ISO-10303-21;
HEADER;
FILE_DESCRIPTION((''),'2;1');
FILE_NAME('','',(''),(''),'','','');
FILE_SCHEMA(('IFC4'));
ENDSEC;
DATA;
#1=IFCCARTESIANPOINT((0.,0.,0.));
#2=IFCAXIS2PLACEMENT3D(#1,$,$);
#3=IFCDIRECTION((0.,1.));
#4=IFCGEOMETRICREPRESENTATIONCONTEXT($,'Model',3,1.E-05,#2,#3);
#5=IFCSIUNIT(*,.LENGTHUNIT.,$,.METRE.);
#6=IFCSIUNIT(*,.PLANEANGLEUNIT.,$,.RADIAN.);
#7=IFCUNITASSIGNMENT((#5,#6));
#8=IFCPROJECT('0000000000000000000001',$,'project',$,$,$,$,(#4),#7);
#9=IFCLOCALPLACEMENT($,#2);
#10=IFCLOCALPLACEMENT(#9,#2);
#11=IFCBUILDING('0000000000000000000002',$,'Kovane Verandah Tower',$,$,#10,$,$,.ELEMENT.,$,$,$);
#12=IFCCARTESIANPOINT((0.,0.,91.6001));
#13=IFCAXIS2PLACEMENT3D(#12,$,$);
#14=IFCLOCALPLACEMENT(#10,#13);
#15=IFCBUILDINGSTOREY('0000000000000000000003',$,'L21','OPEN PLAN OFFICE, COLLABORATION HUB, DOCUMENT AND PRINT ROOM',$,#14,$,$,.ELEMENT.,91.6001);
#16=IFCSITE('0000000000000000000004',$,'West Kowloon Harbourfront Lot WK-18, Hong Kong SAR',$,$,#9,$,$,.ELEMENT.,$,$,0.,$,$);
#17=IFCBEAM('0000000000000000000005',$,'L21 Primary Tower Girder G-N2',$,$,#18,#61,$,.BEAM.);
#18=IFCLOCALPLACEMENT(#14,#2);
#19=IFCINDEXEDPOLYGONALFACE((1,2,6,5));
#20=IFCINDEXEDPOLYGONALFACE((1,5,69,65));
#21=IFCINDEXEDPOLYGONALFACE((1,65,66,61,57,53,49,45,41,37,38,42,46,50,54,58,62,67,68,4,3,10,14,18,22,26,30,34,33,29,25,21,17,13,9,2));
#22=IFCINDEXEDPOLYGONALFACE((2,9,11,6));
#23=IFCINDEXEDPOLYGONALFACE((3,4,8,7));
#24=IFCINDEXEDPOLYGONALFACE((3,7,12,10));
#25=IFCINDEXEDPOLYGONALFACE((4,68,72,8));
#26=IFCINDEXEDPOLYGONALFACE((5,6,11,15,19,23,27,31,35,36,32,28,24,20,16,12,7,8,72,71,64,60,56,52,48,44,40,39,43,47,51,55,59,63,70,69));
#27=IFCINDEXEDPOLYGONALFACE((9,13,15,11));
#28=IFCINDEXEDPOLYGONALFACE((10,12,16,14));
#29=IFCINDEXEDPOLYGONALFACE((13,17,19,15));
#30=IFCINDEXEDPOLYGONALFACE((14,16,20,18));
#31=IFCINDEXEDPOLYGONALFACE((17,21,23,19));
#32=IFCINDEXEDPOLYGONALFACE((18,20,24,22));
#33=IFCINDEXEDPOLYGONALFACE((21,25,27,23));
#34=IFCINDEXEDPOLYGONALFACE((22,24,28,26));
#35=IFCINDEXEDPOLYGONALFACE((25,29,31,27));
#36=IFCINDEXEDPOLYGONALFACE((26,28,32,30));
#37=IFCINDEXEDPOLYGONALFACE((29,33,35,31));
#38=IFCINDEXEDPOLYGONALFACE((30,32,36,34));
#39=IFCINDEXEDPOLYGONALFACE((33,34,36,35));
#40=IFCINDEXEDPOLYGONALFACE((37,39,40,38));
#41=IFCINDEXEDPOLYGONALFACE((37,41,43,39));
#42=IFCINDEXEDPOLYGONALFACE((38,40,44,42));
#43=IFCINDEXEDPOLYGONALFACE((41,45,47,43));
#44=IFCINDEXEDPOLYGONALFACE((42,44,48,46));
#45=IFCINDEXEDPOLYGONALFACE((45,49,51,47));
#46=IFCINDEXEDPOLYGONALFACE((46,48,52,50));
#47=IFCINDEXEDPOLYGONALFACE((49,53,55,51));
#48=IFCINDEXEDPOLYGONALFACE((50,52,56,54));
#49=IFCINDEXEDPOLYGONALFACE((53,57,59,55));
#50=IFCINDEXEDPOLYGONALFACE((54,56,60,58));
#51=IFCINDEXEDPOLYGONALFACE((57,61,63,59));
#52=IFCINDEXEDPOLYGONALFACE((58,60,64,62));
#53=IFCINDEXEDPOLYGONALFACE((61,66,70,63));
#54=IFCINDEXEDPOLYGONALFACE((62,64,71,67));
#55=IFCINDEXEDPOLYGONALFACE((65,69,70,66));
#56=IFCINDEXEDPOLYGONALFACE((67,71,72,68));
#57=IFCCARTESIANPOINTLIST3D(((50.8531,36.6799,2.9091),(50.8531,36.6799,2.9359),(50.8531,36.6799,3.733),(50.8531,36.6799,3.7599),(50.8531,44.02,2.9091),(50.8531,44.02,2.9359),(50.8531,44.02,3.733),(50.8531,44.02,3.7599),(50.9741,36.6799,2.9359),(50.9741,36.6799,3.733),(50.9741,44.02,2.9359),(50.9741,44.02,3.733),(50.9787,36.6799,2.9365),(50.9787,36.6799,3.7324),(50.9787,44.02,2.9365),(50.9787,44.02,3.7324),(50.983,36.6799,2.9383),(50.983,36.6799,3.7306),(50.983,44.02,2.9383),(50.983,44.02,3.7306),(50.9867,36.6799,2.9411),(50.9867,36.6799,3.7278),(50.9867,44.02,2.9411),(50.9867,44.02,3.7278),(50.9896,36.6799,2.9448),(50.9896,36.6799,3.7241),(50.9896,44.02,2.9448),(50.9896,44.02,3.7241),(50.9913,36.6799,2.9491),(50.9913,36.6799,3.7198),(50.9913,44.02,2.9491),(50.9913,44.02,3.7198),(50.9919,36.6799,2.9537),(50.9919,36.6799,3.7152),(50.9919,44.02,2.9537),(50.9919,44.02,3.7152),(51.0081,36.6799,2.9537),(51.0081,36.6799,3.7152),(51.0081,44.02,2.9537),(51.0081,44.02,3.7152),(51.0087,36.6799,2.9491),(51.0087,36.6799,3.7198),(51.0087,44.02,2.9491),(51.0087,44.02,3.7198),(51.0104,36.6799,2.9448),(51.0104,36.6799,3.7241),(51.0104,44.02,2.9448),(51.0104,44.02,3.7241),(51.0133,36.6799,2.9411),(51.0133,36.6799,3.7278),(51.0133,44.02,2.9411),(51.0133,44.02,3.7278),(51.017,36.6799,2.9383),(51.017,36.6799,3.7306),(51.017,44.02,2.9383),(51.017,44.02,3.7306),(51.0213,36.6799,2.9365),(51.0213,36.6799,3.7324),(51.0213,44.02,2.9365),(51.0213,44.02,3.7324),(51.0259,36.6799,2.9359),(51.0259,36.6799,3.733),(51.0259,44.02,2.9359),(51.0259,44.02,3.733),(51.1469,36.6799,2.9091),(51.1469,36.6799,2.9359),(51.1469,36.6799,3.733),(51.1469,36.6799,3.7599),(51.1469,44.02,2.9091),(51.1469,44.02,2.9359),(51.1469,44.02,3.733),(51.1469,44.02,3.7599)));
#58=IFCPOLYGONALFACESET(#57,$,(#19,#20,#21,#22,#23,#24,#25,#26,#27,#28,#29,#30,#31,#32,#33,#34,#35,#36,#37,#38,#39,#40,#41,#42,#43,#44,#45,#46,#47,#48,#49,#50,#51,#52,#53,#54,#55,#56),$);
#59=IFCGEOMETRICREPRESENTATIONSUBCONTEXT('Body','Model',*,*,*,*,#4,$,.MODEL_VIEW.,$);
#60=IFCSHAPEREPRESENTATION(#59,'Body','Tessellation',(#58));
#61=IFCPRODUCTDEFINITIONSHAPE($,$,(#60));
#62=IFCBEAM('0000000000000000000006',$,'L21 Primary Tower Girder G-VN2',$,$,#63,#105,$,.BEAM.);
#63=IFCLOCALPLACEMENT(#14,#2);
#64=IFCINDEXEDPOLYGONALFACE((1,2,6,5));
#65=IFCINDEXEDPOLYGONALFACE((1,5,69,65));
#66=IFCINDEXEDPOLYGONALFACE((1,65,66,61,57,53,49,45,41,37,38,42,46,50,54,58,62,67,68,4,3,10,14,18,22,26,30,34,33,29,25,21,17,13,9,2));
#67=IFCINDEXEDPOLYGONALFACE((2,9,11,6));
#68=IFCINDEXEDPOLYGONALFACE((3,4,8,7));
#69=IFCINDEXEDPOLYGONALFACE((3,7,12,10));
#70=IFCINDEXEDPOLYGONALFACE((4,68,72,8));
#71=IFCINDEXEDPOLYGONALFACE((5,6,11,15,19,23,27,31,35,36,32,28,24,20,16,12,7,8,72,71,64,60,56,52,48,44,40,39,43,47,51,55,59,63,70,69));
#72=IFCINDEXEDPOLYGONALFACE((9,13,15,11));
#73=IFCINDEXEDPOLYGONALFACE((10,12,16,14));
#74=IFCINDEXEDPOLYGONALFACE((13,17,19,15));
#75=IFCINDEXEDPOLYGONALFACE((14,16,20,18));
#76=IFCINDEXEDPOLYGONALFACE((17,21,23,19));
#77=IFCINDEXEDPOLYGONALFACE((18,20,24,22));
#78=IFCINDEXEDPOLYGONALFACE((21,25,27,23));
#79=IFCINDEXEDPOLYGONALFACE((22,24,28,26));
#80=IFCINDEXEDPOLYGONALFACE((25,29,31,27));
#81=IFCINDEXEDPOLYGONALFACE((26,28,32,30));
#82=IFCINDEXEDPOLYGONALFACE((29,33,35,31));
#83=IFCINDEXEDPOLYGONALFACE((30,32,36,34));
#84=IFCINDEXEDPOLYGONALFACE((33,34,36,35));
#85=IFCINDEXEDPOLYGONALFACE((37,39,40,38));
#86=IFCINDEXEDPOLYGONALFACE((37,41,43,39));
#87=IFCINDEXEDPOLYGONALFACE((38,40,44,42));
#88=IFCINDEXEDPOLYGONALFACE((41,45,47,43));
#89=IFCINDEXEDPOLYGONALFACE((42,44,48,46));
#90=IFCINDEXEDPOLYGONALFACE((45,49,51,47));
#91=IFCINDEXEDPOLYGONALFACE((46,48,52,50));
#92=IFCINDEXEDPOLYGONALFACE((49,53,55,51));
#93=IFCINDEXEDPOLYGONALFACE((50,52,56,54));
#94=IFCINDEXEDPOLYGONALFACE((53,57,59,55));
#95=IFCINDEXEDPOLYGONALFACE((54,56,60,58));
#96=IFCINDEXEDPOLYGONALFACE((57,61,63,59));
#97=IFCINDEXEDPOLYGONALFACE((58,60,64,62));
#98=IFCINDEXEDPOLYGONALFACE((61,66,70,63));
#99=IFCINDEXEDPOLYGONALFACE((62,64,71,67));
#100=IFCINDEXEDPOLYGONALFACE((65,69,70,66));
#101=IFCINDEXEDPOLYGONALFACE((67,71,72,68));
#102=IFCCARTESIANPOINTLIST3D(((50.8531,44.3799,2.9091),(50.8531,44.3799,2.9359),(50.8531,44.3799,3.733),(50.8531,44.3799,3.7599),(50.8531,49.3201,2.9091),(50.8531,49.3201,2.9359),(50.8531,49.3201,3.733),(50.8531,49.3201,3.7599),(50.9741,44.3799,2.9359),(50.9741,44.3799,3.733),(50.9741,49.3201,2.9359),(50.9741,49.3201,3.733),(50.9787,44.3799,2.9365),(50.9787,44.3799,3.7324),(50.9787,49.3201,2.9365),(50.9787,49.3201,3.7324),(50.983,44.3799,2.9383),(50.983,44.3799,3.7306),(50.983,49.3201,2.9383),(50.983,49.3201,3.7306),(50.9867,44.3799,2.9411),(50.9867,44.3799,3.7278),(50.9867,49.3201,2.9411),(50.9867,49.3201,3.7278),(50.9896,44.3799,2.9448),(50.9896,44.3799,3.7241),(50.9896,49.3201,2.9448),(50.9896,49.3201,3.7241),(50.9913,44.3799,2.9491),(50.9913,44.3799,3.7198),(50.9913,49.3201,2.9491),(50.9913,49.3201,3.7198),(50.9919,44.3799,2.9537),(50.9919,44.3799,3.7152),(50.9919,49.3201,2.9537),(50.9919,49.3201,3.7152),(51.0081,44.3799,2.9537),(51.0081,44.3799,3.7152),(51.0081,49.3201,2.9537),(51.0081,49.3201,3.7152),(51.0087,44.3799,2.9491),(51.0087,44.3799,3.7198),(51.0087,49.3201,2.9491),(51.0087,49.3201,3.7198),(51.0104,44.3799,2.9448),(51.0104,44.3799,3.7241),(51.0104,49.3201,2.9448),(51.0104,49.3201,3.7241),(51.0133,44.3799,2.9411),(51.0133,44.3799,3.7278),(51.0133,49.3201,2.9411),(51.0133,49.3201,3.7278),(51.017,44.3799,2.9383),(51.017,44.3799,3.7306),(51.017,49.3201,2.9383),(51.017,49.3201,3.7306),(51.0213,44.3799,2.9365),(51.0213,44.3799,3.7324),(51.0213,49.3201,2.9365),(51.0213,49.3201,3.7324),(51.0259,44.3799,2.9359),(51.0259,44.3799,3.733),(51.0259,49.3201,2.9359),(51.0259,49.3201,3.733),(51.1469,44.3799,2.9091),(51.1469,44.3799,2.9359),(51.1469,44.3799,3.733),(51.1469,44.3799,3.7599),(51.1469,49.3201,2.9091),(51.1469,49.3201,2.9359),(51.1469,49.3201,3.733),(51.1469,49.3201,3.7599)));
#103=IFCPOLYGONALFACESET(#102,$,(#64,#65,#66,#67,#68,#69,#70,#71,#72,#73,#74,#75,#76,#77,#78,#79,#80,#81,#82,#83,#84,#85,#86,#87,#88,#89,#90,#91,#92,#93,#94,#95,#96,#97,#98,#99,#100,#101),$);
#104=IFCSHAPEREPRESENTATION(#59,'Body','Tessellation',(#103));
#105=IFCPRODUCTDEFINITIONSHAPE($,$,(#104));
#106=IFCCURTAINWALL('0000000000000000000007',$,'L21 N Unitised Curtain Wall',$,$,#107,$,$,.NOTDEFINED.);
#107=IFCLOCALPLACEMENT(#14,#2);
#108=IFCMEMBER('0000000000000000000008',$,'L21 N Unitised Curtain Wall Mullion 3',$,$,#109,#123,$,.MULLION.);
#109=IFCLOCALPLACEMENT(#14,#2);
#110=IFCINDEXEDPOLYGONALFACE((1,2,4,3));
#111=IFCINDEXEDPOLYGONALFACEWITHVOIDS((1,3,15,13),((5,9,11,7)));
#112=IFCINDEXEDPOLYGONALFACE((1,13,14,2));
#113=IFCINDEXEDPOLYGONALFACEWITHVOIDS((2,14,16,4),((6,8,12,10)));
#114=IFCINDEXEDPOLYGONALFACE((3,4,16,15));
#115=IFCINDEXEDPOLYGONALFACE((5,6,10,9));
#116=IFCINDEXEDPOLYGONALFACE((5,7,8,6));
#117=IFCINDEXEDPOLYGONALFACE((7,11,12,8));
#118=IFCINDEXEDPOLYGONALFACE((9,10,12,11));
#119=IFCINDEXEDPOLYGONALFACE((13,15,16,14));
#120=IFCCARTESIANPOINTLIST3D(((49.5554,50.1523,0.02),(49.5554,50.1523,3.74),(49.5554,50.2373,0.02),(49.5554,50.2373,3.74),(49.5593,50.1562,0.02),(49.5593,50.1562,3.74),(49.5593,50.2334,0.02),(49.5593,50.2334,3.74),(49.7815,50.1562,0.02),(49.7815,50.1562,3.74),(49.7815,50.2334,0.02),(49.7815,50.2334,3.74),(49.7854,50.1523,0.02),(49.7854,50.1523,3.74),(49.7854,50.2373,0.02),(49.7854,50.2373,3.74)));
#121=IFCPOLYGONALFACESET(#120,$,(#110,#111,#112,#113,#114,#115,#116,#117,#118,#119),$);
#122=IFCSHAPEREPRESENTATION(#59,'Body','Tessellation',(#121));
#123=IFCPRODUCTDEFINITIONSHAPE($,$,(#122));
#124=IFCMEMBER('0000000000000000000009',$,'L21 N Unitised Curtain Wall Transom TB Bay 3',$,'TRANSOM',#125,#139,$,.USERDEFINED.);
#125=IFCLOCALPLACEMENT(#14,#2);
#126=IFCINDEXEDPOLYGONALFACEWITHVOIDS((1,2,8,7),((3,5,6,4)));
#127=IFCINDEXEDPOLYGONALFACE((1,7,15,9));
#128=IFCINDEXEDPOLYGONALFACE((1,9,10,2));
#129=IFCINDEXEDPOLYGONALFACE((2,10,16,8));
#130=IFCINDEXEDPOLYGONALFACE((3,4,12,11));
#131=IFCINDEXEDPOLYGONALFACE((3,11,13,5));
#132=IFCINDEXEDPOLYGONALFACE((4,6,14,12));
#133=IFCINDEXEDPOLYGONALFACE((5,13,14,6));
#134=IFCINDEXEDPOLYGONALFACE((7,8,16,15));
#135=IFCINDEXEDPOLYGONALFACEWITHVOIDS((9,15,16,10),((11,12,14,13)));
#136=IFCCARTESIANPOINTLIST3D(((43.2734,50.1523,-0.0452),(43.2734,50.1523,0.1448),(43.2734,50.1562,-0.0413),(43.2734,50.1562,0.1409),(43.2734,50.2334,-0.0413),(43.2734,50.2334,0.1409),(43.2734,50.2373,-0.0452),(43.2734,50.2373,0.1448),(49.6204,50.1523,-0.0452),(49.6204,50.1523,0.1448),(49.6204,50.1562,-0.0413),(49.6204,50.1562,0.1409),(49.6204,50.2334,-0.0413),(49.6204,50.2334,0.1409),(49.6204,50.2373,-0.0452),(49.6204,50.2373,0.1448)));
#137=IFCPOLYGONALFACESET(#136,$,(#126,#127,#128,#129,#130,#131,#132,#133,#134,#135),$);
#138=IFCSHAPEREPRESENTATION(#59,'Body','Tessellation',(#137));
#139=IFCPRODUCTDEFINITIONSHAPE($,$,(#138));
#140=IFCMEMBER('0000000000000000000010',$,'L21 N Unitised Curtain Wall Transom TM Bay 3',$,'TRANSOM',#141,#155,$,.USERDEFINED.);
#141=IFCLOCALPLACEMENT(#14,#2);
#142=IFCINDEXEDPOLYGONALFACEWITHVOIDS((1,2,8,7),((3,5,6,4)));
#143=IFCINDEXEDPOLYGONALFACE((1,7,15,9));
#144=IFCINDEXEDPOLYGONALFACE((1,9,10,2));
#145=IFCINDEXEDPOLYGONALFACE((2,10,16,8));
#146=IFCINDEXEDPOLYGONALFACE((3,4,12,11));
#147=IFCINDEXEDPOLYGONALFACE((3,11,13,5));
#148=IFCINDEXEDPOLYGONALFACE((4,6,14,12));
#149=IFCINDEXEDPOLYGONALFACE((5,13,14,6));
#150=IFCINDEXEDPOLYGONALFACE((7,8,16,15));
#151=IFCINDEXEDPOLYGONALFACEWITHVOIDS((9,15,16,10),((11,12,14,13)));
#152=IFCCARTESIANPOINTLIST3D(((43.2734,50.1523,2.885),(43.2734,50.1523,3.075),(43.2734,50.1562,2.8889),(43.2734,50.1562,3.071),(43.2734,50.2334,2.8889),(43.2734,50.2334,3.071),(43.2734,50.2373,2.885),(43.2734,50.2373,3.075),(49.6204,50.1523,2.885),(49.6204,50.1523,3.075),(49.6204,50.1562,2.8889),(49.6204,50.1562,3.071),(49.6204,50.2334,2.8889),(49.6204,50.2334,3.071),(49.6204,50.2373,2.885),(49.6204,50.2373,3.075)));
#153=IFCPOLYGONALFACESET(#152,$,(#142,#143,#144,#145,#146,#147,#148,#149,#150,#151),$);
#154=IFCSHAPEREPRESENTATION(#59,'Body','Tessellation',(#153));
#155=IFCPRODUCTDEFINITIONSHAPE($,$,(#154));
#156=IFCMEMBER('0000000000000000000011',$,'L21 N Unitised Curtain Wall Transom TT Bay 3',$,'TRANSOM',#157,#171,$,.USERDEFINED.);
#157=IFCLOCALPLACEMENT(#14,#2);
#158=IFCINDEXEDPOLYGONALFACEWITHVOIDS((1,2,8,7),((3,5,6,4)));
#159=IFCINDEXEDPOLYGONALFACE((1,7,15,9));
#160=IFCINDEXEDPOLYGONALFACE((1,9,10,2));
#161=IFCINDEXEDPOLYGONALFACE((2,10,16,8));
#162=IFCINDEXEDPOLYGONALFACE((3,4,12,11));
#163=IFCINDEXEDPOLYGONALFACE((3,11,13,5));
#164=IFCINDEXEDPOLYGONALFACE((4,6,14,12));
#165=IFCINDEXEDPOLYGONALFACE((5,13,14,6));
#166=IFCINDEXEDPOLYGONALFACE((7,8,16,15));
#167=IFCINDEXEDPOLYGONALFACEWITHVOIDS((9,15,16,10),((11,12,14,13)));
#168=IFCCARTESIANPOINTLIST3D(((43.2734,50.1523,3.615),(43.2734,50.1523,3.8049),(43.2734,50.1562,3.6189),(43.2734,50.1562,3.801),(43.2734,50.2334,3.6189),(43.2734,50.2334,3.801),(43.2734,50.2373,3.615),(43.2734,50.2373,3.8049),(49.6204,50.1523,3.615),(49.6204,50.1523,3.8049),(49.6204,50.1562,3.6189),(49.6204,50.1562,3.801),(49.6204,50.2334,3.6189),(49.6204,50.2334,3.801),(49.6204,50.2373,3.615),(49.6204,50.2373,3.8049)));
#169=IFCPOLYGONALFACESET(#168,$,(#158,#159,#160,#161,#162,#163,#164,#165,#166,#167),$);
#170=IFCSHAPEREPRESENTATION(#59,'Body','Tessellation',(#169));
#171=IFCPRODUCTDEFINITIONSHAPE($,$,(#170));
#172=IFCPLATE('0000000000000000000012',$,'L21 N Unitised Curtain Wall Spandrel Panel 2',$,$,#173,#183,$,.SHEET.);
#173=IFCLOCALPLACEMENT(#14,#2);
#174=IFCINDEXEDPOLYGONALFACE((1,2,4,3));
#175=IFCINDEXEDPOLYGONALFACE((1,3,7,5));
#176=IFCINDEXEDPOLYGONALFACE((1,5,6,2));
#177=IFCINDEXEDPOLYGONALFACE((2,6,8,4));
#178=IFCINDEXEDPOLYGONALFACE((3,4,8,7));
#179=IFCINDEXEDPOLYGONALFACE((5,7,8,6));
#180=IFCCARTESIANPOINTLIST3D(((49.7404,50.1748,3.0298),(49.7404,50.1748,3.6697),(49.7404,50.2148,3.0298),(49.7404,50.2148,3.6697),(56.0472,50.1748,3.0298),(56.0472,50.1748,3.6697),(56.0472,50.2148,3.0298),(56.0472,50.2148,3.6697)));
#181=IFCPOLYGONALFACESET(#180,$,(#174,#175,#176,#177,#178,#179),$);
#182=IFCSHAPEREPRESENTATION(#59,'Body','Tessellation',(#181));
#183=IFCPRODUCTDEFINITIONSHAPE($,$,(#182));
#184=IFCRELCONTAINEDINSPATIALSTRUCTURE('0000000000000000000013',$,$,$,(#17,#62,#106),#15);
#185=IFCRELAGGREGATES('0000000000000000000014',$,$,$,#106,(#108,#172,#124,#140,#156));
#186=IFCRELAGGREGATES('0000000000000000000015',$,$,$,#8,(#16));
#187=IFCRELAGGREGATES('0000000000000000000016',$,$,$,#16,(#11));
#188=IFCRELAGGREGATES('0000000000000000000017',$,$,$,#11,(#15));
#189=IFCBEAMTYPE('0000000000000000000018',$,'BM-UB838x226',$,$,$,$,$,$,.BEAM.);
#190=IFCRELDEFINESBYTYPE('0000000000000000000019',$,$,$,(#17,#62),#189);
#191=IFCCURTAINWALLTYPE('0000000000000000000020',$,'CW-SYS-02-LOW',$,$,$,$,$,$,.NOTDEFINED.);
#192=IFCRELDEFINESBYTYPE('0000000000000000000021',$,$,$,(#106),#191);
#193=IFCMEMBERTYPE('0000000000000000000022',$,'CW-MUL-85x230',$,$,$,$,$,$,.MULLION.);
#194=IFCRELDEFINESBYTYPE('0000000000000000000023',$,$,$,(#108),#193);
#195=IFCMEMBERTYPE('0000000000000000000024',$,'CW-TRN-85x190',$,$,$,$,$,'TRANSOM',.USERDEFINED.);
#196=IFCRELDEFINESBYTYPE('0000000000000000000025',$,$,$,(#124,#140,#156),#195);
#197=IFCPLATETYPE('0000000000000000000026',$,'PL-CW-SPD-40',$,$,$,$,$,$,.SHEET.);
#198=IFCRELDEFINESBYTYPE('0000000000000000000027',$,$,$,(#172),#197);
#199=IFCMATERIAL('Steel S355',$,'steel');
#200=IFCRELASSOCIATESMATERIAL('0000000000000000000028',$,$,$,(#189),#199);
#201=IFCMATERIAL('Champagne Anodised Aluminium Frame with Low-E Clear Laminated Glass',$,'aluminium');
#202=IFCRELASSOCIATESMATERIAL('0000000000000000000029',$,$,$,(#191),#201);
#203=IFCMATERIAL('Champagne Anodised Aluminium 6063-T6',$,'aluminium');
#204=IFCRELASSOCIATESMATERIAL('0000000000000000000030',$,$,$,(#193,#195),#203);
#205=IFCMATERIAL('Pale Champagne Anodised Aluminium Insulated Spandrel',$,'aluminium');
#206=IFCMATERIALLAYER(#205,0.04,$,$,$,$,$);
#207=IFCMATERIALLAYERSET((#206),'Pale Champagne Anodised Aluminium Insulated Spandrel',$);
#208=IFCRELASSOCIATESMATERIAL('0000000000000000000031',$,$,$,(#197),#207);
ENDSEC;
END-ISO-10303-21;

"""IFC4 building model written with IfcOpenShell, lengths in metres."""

from ifc_helpers import new_model, si_unit, direction, frame, origin, origin_2d, place, context, subcontext, project, spatial, rectangle, hollow_rectangle, i_section, extrude, material, layer, layer_set, material_profile, profile_set, type_object, element, aggregate, save


model = new_model("IFC4")

# Units and contexts
model_context = context("Model", 3, precision=1e-05, world=origin(), true_north=direction((0.0, 1.0)))
body_context = subcontext(model_context, "Body", "Model", "MODEL_VIEW")
ifc_project = project(units=[si_unit("LENGTHUNIT", "METRE"), si_unit("PLANEANGLEUNIT", "RADIAN")], contexts=[model_context])

# Site, building, storey
site_placement = place(None, origin())
site = spatial("IfcSite", under=ifc_project, at=site_placement, Name="West Kowloon Harbourfront Lot WK-18, Hong Kong SAR", CompositionType="ELEMENT", RefElevation=0.0)
building_placement = place(site_placement, origin())
building = spatial("IfcBuilding", under=site, at=building_placement, Name="Kovane Verandah Tower", CompositionType="ELEMENT")
storey_placement = place(building_placement, frame((0.0, 0.0, 91.6001)))
storey = spatial("IfcBuildingStorey", under=building, at=storey_placement, Name="L21", Description="OPEN PLAN OFFICE, COLLABORATION HUB, DOCUMENT AND PRINT ROOM", CompositionType="ELEMENT", Elevation=91.6001)

# Beams
ifc_material_1 = material(Name="Steel S355", Category="steel")
ifc_material_profile_1 = material_profile(ifc_material_1, i_section(OverallWidth=0.2937, OverallDepth=0.8508, WebThickness=0.0161, FlangeThickness=0.0269, FilletRadius=0.0178, at=origin_2d()), Name="UB838x292x226")
ifc_profile_set_1 = profile_set([ifc_material_profile_1], Name="Steel S355")
beam_type = type_object("IfcBeamType", Name="BM-UB838x226", PredefinedType="BEAM", material=ifc_profile_set_1)
beam_1_placement = place(storey_placement, frame((51.0, 36.6799, 3.3345), z_axis=(0.0, 1.0, 0.0), x_axis=(-1.0, 0.0, 0.0)))
element("IfcBeam", 1, at=beam_1_placement, inside=storey, type_object=beam_type, Name="L21 Primary Tower Girder G-N2", PredefinedType="BEAM", context=body_context, shape_type="SweptSolid", body=[
    extrude(i_section(OverallWidth=0.2937, OverallDepth=0.8508, WebThickness=0.0161, FlangeThickness=0.0269, FilletRadius=0.0178, at=origin_2d()), origin(), (0.0, 0.0, 1.0), 7.3401),
])
beam_2_placement = place(storey_placement, frame((51.0, 44.3799, 3.3345), z_axis=(0.0, 1.0, 0.0), x_axis=(-1.0, 0.0, 0.0)))
element("IfcBeam", 2, at=beam_2_placement, inside=storey, type_object=beam_type, Name="L21 Primary Tower Girder G-VN2", PredefinedType="BEAM", context=body_context, shape_type="SweptSolid", body=[
    extrude(i_section(OverallWidth=0.2937, OverallDepth=0.8508, WebThickness=0.0161, FlangeThickness=0.0269, FilletRadius=0.0178, at=origin_2d()), origin(), (0.0, 0.0, 1.0), 4.9402),
])

# Curtain wall, members, plate
ifc_material_2 = material(Name="Champagne Anodised Aluminium Frame with Low-E Clear Laminated Glass", Category="aluminium")
curtain_wall_type = type_object("IfcCurtainWallType", Name="CW-SYS-02-LOW", PredefinedType="NOTDEFINED", material=ifc_material_2)
curtain_wall_placement = place(storey_placement, origin())
curtain_wall = element("IfcCurtainWall", 3, at=curtain_wall_placement, inside=storey, type_object=curtain_wall_type, Name="L21 N Unitised Curtain Wall", PredefinedType="NOTDEFINED")
ifc_material_3 = material(Name="Champagne Anodised Aluminium 6063-T6", Category="aluminium")
ifc_material_profile_2 = material_profile(ifc_material_3, hollow_rectangle(XDim=0.085, YDim=0.23, WallThickness=0.0039, at=origin_2d()), Name="AL85x230x4")
ifc_profile_set_2 = profile_set([ifc_material_profile_2], Name="Champagne Anodised Aluminium 6063-T6")
member_type_1 = type_object("IfcMemberType", Name="CW-MUL-85x230", PredefinedType="MULLION", material=ifc_profile_set_2)
member_1_placement = place(storey_placement, frame((49.6704, 50.1948, 0.02), z_axis=(0.0, 0.0, 1.0), x_axis=(0.0, 1.0, 0.0)))
member_1 = element("IfcMember", 4, at=member_1_placement, type_object=member_type_1, Name="L21 N Unitised Curtain Wall Mullion 3", PredefinedType="MULLION", context=body_context, shape_type="SweptSolid", body=[
    extrude(hollow_rectangle(XDim=0.085, YDim=0.23, WallThickness=0.0039, at=origin_2d()), origin(), (0.0, 0.0, 1.0), 3.72),
])
ifc_material_profile_3 = material_profile(ifc_material_3, hollow_rectangle(XDim=0.085, YDim=0.1899, WallThickness=0.0039, at=origin_2d()), Name="AL85x190x4")
ifc_profile_set_3 = profile_set([ifc_material_profile_3], Name="Champagne Anodised Aluminium 6063-T6")
member_type_2 = type_object("IfcMemberType", Name="CW-TRN-85x190", ElementType="TRANSOM", PredefinedType="USERDEFINED", material=ifc_profile_set_3)
member_2_placement = place(storey_placement, frame((49.6204, 50.1948, 0.0498), z_axis=(-1.0, 0.0, 0.0), x_axis=(0.0, -1.0, 0.0)))
member_2 = element("IfcMember", 5, at=member_2_placement, type_object=member_type_2, Name="L21 N Unitised Curtain Wall Transom TB Bay 3", ObjectType="TRANSOM", PredefinedType="USERDEFINED", context=body_context, shape_type="SweptSolid", body=[
    extrude(hollow_rectangle(XDim=0.085, YDim=0.1899, WallThickness=0.0039, at=origin_2d()), origin(), (0.0, 0.0, 1.0), 6.3469),
])
member_3_placement = place(storey_placement, frame((49.6204, 50.1948, 2.98), z_axis=(-1.0, 0.0, 0.0), x_axis=(0.0, -1.0, 0.0)))
member_3 = element("IfcMember", 6, at=member_3_placement, type_object=member_type_2, Name="L21 N Unitised Curtain Wall Transom TM Bay 3", ObjectType="TRANSOM", PredefinedType="USERDEFINED", context=body_context, shape_type="SweptSolid", body=[
    extrude(hollow_rectangle(XDim=0.085, YDim=0.1899, WallThickness=0.0039, at=origin_2d()), origin(), (0.0, 0.0, 1.0), 6.3469),
])
member_4_placement = place(storey_placement, frame((49.6204, 50.1948, 3.71), z_axis=(-1.0, 0.0, 0.0), x_axis=(0.0, -1.0, 0.0)))
member_4 = element("IfcMember", 7, at=member_4_placement, type_object=member_type_2, Name="L21 N Unitised Curtain Wall Transom TT Bay 3", ObjectType="TRANSOM", PredefinedType="USERDEFINED", context=body_context, shape_type="SweptSolid", body=[
    extrude(hollow_rectangle(XDim=0.085, YDim=0.1899, WallThickness=0.0039, at=origin_2d()), origin(), (0.0, 0.0, 1.0), 6.3469),
])
ifc_material_4 = material(Name="Pale Champagne Anodised Aluminium Insulated Spandrel", Category="aluminium")
ifc_layer_1 = layer(ifc_material_4, 0.04)
ifc_layer_set_1 = layer_set([ifc_layer_1], Name="Pale Champagne Anodised Aluminium Insulated Spandrel")
plate_type_1 = type_object("IfcPlateType", Name="PL-CW-SPD-40", PredefinedType="SHEET", material=ifc_layer_set_1)
plate_1_placement = place(storey_placement, frame((52.8938, 50.1948, 3.0298), z_axis=(0.0, 0.0, 1.0), x_axis=(-1.0, 0.0, 0.0)))
plate_1 = element("IfcPlate", 8, at=plate_1_placement, type_object=plate_type_1, Name="L21 N Unitised Curtain Wall Spandrel Panel 2", PredefinedType="SHEET", context=body_context, shape_type="SweptSolid", body=[
    extrude(rectangle(XDim=6.3069, YDim=0.04, at=origin_2d()), origin(), (0.0, 0.0, 1.0), 0.6399),
])
aggregate(curtain_wall, [member_1, plate_1, member_2, member_3, member_4])

save(model, "model.ifc")
